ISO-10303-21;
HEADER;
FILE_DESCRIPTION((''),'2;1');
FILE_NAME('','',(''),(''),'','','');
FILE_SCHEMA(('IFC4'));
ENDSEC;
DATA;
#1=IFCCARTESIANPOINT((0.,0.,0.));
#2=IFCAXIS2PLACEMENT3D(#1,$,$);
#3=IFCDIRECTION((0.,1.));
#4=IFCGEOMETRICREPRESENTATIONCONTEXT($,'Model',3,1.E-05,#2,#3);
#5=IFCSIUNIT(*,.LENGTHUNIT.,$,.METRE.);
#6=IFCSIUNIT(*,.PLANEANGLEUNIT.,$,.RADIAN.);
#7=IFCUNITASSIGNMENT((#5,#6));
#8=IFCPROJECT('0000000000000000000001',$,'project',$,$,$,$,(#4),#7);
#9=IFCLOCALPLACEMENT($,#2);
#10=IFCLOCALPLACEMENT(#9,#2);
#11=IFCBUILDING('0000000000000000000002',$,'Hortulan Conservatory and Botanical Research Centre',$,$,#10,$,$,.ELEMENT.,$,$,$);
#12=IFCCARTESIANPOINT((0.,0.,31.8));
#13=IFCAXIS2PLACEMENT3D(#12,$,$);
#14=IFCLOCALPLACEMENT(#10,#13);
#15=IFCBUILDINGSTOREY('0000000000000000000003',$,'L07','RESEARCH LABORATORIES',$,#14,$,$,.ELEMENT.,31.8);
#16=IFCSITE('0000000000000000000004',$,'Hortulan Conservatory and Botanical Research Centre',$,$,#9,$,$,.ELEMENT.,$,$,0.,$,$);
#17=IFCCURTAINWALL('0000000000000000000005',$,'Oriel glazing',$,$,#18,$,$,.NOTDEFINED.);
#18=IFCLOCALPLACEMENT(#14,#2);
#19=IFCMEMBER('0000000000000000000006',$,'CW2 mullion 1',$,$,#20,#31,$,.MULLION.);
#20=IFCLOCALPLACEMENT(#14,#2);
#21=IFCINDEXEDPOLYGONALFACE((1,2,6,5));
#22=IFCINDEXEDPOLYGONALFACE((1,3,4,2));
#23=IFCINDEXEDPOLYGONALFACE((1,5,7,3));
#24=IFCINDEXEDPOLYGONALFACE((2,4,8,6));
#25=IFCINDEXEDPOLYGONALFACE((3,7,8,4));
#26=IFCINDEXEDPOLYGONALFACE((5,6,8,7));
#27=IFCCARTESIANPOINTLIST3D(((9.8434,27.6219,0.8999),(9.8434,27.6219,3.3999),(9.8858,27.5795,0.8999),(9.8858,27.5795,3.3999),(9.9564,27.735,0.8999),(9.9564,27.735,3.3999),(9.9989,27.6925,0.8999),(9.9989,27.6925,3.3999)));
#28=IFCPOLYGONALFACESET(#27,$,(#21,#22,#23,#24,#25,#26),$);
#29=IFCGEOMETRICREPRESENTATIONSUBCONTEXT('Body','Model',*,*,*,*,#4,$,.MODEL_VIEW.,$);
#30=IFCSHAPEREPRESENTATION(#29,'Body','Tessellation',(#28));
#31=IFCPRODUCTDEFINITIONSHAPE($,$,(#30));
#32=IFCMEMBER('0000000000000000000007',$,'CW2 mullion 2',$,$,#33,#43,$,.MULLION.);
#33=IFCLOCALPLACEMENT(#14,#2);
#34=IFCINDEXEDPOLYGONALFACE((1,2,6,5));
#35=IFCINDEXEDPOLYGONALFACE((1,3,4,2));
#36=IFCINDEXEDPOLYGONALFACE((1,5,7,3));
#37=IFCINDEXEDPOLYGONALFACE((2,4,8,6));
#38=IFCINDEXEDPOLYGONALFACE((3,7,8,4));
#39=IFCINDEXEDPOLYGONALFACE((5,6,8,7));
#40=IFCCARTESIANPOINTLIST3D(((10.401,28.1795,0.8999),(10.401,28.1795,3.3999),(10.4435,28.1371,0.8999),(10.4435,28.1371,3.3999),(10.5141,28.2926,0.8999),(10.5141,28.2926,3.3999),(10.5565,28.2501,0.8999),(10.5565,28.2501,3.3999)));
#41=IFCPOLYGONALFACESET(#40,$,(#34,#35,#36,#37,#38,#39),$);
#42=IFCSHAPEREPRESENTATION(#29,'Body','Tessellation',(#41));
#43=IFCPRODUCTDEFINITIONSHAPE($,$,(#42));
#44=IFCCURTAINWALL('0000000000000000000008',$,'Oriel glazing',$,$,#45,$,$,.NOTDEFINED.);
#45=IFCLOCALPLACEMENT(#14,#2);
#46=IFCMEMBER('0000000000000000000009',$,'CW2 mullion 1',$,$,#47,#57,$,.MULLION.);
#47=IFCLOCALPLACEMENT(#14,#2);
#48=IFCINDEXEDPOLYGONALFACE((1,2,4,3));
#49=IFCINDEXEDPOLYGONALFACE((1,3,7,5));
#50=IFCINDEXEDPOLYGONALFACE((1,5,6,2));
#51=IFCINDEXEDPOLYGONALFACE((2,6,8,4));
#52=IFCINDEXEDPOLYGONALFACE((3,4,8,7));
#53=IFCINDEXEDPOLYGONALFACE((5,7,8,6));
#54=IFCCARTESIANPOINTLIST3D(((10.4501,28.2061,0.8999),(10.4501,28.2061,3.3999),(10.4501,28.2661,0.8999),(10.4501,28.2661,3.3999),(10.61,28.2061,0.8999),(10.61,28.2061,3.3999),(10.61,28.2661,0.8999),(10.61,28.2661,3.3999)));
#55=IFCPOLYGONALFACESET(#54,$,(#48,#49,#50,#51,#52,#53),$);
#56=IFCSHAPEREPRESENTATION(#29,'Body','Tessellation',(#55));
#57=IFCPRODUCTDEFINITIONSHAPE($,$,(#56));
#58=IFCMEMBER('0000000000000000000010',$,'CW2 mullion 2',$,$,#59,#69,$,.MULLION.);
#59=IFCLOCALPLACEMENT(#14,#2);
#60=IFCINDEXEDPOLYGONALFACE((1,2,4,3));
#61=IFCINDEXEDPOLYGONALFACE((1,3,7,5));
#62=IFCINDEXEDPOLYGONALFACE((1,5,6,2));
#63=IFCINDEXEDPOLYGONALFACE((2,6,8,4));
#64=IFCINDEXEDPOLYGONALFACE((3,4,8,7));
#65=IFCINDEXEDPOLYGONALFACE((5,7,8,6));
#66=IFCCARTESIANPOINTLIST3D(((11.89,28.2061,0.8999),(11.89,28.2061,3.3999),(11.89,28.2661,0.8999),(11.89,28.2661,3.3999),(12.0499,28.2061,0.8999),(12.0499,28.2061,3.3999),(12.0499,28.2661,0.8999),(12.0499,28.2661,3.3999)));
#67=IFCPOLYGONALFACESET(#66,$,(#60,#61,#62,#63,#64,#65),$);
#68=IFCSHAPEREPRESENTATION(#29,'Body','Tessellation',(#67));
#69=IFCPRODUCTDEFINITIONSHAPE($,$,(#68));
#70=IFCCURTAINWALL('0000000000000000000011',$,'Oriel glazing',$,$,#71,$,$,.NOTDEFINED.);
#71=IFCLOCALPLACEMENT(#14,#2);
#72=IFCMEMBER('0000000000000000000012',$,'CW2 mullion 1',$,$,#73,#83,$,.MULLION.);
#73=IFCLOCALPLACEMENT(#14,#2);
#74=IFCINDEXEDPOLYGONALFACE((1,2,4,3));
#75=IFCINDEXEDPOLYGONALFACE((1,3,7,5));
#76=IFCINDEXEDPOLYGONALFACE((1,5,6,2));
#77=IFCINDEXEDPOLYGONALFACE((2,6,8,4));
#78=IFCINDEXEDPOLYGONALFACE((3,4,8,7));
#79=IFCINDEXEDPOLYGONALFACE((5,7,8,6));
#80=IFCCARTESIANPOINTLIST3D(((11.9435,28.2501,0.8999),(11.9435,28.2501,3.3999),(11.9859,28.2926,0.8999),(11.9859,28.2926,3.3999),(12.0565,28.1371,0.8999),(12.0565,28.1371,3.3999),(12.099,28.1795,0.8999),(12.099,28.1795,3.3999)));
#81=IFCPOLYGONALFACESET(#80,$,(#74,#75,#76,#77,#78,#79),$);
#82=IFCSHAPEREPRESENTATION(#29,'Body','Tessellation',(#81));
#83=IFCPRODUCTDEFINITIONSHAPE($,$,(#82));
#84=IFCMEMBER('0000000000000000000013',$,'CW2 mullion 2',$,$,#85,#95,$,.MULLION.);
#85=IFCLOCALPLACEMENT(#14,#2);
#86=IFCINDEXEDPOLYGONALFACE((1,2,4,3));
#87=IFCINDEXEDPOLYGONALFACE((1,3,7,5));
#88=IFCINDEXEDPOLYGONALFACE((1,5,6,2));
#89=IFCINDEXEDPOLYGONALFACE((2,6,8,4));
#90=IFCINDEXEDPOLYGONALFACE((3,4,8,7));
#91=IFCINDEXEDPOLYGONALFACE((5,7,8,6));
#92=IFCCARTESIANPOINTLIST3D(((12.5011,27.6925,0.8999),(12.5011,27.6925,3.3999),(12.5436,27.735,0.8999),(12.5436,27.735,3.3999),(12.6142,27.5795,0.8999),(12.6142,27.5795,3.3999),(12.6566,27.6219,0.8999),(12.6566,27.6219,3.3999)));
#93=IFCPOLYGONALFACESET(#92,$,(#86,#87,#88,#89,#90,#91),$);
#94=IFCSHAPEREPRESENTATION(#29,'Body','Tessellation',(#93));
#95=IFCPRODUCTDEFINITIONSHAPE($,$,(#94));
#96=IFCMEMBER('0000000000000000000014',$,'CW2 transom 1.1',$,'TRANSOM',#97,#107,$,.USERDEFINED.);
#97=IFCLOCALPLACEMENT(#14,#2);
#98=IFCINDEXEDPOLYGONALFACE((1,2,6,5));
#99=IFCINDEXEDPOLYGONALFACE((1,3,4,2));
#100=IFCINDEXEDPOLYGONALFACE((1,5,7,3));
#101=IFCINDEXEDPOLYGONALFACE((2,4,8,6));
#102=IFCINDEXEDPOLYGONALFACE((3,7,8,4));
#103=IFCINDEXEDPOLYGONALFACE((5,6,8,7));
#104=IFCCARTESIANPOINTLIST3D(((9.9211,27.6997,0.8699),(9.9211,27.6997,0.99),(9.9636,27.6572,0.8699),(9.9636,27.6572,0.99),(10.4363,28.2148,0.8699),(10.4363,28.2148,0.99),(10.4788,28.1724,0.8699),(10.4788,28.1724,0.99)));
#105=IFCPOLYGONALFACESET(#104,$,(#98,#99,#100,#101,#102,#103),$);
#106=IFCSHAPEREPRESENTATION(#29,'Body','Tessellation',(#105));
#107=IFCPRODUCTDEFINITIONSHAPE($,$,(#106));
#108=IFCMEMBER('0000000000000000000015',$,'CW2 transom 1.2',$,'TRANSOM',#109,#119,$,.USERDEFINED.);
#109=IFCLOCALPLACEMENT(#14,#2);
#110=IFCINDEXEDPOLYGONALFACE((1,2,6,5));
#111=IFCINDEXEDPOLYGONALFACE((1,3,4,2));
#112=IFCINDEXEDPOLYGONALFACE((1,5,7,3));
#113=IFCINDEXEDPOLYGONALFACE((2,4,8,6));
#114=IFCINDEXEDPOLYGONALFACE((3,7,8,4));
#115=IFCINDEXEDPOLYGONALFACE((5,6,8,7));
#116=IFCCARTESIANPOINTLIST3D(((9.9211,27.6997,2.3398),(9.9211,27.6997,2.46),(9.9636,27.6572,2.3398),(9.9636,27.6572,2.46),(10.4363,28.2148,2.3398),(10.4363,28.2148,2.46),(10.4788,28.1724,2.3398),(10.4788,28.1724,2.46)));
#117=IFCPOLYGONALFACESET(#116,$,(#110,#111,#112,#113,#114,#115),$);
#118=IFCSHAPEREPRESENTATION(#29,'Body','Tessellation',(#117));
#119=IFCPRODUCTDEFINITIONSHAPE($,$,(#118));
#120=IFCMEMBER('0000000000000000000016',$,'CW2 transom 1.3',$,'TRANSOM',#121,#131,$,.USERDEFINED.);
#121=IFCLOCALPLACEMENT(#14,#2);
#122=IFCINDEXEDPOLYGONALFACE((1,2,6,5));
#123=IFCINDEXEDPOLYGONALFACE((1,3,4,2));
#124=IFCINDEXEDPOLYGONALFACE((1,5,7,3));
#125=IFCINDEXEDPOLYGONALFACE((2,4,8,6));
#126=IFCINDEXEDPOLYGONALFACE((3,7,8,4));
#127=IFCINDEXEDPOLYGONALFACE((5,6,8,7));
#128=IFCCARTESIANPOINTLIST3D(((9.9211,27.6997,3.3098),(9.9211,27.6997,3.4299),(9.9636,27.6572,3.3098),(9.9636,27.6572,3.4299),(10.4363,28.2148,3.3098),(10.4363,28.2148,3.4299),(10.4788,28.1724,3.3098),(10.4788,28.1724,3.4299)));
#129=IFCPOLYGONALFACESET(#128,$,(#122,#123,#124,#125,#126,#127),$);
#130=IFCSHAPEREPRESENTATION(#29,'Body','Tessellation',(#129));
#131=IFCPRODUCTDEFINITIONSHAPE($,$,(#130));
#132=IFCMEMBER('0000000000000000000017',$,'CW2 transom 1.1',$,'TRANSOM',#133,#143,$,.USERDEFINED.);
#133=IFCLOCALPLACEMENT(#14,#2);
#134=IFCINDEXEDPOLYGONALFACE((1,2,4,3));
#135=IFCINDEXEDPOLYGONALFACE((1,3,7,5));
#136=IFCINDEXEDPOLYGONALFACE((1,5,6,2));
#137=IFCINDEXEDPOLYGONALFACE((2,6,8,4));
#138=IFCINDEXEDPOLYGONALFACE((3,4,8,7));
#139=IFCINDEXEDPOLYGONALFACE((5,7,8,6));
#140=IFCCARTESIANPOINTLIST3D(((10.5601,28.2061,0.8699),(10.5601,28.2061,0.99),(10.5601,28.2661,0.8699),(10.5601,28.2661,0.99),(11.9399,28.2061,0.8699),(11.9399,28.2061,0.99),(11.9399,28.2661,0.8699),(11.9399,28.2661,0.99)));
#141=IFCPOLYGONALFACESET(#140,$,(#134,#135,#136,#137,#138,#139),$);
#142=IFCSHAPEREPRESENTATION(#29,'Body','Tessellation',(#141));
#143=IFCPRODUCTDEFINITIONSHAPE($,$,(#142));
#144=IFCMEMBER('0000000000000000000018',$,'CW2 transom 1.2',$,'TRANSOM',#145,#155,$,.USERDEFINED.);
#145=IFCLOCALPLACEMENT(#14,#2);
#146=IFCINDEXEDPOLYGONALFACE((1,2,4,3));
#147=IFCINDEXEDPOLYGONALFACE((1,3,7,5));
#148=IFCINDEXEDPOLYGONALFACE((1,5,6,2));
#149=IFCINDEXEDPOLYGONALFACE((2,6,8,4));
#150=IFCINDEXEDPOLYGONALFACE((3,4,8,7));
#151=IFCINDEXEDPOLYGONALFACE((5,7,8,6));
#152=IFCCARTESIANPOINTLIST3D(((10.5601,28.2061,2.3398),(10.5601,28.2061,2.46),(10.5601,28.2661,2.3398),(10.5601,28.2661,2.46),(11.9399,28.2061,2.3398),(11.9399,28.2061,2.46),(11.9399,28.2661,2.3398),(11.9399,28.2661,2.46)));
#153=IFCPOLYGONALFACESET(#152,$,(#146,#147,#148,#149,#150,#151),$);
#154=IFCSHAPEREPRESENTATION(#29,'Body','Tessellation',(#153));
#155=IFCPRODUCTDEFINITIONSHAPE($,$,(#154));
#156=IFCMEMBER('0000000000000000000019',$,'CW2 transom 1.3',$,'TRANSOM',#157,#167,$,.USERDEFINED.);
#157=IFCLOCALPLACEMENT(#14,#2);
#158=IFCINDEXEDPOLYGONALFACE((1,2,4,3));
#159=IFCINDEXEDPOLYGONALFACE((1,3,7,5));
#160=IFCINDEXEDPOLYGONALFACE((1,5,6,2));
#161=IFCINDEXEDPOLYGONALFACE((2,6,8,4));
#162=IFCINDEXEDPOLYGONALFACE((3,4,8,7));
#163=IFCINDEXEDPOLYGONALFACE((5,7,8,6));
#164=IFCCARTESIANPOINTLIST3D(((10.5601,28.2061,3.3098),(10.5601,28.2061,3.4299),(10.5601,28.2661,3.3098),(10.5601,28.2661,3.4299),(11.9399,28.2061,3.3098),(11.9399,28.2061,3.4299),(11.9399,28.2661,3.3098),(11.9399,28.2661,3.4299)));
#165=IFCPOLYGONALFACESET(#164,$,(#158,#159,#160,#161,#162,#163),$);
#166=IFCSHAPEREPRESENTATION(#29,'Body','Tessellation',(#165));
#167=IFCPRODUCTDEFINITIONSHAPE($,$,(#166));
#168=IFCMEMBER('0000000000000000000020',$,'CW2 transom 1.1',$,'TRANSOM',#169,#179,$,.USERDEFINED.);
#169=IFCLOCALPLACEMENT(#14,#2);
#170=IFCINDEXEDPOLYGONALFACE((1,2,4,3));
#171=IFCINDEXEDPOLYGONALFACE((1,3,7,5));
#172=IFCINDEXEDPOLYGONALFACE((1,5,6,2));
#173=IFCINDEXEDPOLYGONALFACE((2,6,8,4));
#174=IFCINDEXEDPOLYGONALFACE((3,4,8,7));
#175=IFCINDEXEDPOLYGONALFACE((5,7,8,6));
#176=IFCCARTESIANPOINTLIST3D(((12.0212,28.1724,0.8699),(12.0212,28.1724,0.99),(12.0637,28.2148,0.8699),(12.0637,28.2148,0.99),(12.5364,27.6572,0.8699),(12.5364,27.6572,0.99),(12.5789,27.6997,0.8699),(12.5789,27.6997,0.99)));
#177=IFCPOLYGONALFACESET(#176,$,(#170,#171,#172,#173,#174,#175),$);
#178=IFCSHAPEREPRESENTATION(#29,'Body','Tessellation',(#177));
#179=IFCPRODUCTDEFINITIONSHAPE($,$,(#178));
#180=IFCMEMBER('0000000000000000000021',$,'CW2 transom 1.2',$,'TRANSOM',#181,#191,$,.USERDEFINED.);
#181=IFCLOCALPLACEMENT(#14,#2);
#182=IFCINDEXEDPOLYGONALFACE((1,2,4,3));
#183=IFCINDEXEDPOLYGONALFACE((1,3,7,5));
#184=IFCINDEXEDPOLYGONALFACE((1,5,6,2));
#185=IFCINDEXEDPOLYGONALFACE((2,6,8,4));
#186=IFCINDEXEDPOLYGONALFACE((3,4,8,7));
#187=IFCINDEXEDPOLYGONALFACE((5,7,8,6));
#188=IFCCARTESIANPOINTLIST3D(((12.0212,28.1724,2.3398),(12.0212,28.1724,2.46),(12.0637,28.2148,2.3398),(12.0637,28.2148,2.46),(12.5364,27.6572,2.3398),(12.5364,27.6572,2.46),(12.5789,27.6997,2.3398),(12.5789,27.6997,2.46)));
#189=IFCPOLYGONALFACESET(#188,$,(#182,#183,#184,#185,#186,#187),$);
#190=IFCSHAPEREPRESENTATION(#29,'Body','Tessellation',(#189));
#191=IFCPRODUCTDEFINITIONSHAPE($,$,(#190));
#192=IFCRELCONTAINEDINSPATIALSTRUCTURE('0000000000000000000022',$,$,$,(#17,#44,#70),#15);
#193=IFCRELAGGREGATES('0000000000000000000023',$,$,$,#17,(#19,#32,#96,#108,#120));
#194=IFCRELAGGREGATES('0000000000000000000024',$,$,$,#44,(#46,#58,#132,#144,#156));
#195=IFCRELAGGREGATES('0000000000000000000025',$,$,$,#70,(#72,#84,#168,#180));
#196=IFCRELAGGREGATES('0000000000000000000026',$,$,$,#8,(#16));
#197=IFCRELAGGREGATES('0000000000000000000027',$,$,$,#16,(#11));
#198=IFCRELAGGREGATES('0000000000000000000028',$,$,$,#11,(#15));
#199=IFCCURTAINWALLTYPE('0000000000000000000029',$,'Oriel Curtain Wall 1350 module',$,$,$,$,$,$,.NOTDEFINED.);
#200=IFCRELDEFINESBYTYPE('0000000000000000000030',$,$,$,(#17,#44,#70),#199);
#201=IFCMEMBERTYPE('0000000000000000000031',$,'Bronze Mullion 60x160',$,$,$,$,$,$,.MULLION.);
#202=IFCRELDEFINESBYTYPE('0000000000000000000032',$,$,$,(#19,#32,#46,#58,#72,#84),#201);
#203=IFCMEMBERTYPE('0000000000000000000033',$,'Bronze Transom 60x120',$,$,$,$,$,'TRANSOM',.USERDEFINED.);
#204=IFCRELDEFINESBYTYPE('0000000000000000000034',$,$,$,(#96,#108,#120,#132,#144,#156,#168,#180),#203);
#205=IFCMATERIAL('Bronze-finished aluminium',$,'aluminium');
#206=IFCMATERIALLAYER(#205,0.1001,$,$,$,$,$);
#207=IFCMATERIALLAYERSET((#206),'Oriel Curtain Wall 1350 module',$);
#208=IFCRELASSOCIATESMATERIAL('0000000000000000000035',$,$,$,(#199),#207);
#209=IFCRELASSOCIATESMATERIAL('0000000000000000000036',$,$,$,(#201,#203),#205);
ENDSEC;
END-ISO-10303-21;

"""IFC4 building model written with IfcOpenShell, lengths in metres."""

from ifc_helpers import new_model, si_unit, direction, frame, origin, origin_2d, place, context, subcontext, project, spatial, rectangle, extrude, material, layer, layer_set, material_profile, profile_set, type_object, element, aggregate, save


model = new_model("IFC4")

# Units and contexts
model_context = context("Model", 3, precision=1e-05, world=origin(), true_north=direction((0.0, 1.0)))
body_context = subcontext(model_context, "Body", "Model", "MODEL_VIEW")
ifc_project = project(units=[si_unit("LENGTHUNIT", "METRE"), si_unit("PLANEANGLEUNIT", "RADIAN")], contexts=[model_context])

# Site, building, storey
site_placement = place(None, origin())
site = spatial("IfcSite", under=ifc_project, at=site_placement, Name="Hortulan Conservatory and Botanical Research Centre", CompositionType="ELEMENT", RefElevation=0.0)
building_placement = place(site_placement, origin())
building = spatial("IfcBuilding", under=site, at=building_placement, Name="Hortulan Conservatory and Botanical Research Centre", CompositionType="ELEMENT")
storey_placement = place(building_placement, frame((0.0, 0.0, 31.8)))
storey = spatial("IfcBuildingStorey", under=building, at=storey_placement, Name="L07", Description="RESEARCH LABORATORIES", CompositionType="ELEMENT", Elevation=31.8)

# Curtain walls, members
ifc_material_1 = material(Name="Bronze-finished aluminium", Category="aluminium")
ifc_layer_1 = layer(ifc_material_1, 0.1001)
ifc_layer_set_1 = layer_set([ifc_layer_1], Name="Oriel Curtain Wall 1350 module")
curtain_wall_type = type_object("IfcCurtainWallType", Name="Oriel Curtain Wall 1350 module", PredefinedType="NOTDEFINED", material=ifc_layer_set_1)
curtain_wall_1_placement = place(storey_placement, origin())
curtain_wall_1 = element("IfcCurtainWall", 1, at=curtain_wall_1_placement, inside=storey, type_object=curtain_wall_type, Name="Oriel glazing", PredefinedType="NOTDEFINED")
ifc_material_profile_1 = material_profile(ifc_material_1, rectangle(XDim=0.0601, YDim=0.1599, at=origin_2d()), Name="Bronze Mullion 60x160")
ifc_profile_set_1 = profile_set([ifc_material_profile_1], Name="Bronze-finished aluminium")
member_type_1 = type_object("IfcMemberType", Name="Bronze Mullion 60x160", PredefinedType="MULLION", material=ifc_profile_set_1)
member_1_placement = place(storey_placement, frame((9.9211, 27.6572, 0.8999), z_axis=(0.0, 0.0, 1.0), x_axis=(-0.707107, 0.707107, 0.0)))
member_1 = element("IfcMember", 2, at=member_1_placement, type_object=member_type_1, Name="CW2 mullion 1", PredefinedType="MULLION", context=body_context, shape_type="SweptSolid", body=[
    extrude(rectangle(XDim=0.0601, YDim=0.1599, at=origin_2d()), origin(), (0.0, 0.0, 1.0), 2.5),
])
member_2_placement = place(storey_placement, frame((10.4788, 28.2148, 0.8999), z_axis=(0.0, 0.0, 1.0), x_axis=(-0.707107, 0.707107, 0.0)))
member_2 = element("IfcMember", 3, at=member_2_placement, type_object=member_type_1, Name="CW2 mullion 2", PredefinedType="MULLION", context=body_context, shape_type="SweptSolid", body=[
    extrude(rectangle(XDim=0.0601, YDim=0.1599, at=origin_2d()), origin(), (0.0, 0.0, 1.0), 2.5),
])
curtain_wall_2_placement = place(storey_placement, origin())
curtain_wall_2 = element("IfcCurtainWall", 4, at=curtain_wall_2_placement, inside=storey, type_object=curtain_wall_type, Name="Oriel glazing", PredefinedType="NOTDEFINED")
member_3_placement = place(storey_placement, frame((10.53, 28.2361, 0.8999), z_axis=(0.0, 0.0, 1.0), x_axis=(0.0, 1.0, 0.0)))
member_3 = element("IfcMember", 5, at=member_3_placement, type_object=member_type_1, Name="CW2 mullion 1", PredefinedType="MULLION", context=body_context, shape_type="SweptSolid", body=[
    extrude(rectangle(XDim=0.0601, YDim=0.1599, at=origin_2d()), origin(), (0.0, 0.0, 1.0), 2.5),
])
member_4_placement = place(storey_placement, frame((11.97, 28.2361, 0.8999), z_axis=(0.0, 0.0, 1.0), x_axis=(0.0, 1.0, 0.0)))
member_4 = element("IfcMember", 6, at=member_4_placement, type_object=member_type_1, Name="CW2 mullion 2", PredefinedType="MULLION", context=body_context, shape_type="SweptSolid", body=[
    extrude(rectangle(XDim=0.0601, YDim=0.1599, at=origin_2d()), origin(), (0.0, 0.0, 1.0), 2.5),
])
curtain_wall_3_placement = place(storey_placement, origin())
curtain_wall_3 = element("IfcCurtainWall", 7, at=curtain_wall_3_placement, inside=storey, type_object=curtain_wall_type, Name="Oriel glazing", PredefinedType="NOTDEFINED")
member_5_placement = place(storey_placement, frame((12.0212, 28.2148, 0.8999), z_axis=(0.0, 0.0, 1.0), x_axis=(0.707107, 0.707107, 0.0)))
member_5 = element("IfcMember", 8, at=member_5_placement, type_object=member_type_1, Name="CW2 mullion 1", PredefinedType="MULLION", context=body_context, shape_type="SweptSolid", body=[
    extrude(rectangle(XDim=0.0601, YDim=0.1599, at=origin_2d()), origin(), (0.0, 0.0, 1.0), 2.5),
])
member_6_placement = place(storey_placement, frame((12.5789, 27.6572, 0.8999), z_axis=(0.0, 0.0, 1.0), x_axis=(0.707107, 0.707107, 0.0)))
member_6 = element("IfcMember", 9, at=member_6_placement, type_object=member_type_1, Name="CW2 mullion 2", PredefinedType="MULLION", context=body_context, shape_type="SweptSolid", body=[
    extrude(rectangle(XDim=0.0601, YDim=0.1599, at=origin_2d()), origin(), (0.0, 0.0, 1.0), 2.5),
])

# Members
ifc_material_profile_2 = material_profile(ifc_material_1, rectangle(XDim=0.0601, YDim=0.1201, at=origin_2d()), Name="Bronze Transom 60x120")
ifc_profile_set_2 = profile_set([ifc_material_profile_2], Name="Bronze-finished aluminium")
member_type_2 = type_object("IfcMemberType", Name="Bronze Transom 60x120", ElementType="TRANSOM", PredefinedType="USERDEFINED", material=ifc_profile_set_2)
member_7_placement = place(storey_placement, frame((9.9424, 27.6785, 0.9299), z_axis=(0.707107, 0.707107, 0.0), x_axis=(-0.707107, 0.707107, 0.0)))
member_7 = element("IfcMember", 10, at=member_7_placement, type_object=member_type_2, Name="CW2 transom 1.1", ObjectType="TRANSOM", PredefinedType="USERDEFINED", context=body_context, shape_type="SweptSolid", body=[
    extrude(rectangle(XDim=0.0601, YDim=0.1201, at=origin_2d()), origin(), (0.0, 0.0, 1.0), 0.7285),
])
member_8_placement = place(storey_placement, frame((9.9424, 27.6785, 2.3999), z_axis=(0.707107, 0.707107, 0.0), x_axis=(-0.707107, 0.707107, 0.0)))
member_8 = element("IfcMember", 11, at=member_8_placement, type_object=member_type_2, Name="CW2 transom 1.2", ObjectType="TRANSOM", PredefinedType="USERDEFINED", context=body_context, shape_type="SweptSolid", body=[
    extrude(rectangle(XDim=0.0601, YDim=0.1201, at=origin_2d()), origin(), (0.0, 0.0, 1.0), 0.7285),
])
member_9_placement = place(storey_placement, frame((9.9424, 27.6785, 3.3699), z_axis=(0.707107, 0.707107, 0.0), x_axis=(-0.707107, 0.707107, 0.0)))
member_9 = element("IfcMember", 12, at=member_9_placement, type_object=member_type_2, Name="CW2 transom 1.3", ObjectType="TRANSOM", PredefinedType="USERDEFINED", context=body_context, shape_type="SweptSolid", body=[
    extrude(rectangle(XDim=0.0601, YDim=0.1201, at=origin_2d()), origin(), (0.0, 0.0, 1.0), 0.7285),
])
member_10_placement = place(storey_placement, frame((10.5601, 28.2361, 0.9299), z_axis=(1.0, 0.0, 0.0), x_axis=(0.0, 1.0, 0.0)))
member_10 = element("IfcMember", 13, at=member_10_placement, type_object=member_type_2, Name="CW2 transom 1.1", ObjectType="TRANSOM", PredefinedType="USERDEFINED", context=body_context, shape_type="SweptSolid", body=[
    extrude(rectangle(XDim=0.0601, YDim=0.1201, at=origin_2d()), origin(), (0.0, 0.0, 1.0), 1.3799),
])
member_11_placement = place(storey_placement, frame((10.5601, 28.2361, 2.3999), z_axis=(1.0, 0.0, 0.0), x_axis=(0.0, 1.0, 0.0)))
member_11 = element("IfcMember", 14, at=member_11_placement, type_object=member_type_2, Name="CW2 transom 1.2", ObjectType="TRANSOM", PredefinedType="USERDEFINED", context=body_context, shape_type="SweptSolid", body=[
    extrude(rectangle(XDim=0.0601, YDim=0.1201, at=origin_2d()), origin(), (0.0, 0.0, 1.0), 1.3799),
])
member_12_placement = place(storey_placement, frame((10.5601, 28.2361, 3.3699), z_axis=(1.0, 0.0, 0.0), x_axis=(0.0, 1.0, 0.0)))
member_12 = element("IfcMember", 15, at=member_12_placement, type_object=member_type_2, Name="CW2 transom 1.3", ObjectType="TRANSOM", PredefinedType="USERDEFINED", context=body_context, shape_type="SweptSolid", body=[
    extrude(rectangle(XDim=0.0601, YDim=0.1201, at=origin_2d()), origin(), (0.0, 0.0, 1.0), 1.3799),
])
member_13_placement = place(storey_placement, frame((12.0425, 28.1936, 0.9299), z_axis=(0.707107, -0.707107, 0.0), x_axis=(0.707107, 0.707107, 0.0)))
member_13 = element("IfcMember", 16, at=member_13_placement, type_object=member_type_2, Name="CW2 transom 1.1", ObjectType="TRANSOM", PredefinedType="USERDEFINED", context=body_context, shape_type="SweptSolid", body=[
    extrude(rectangle(XDim=0.0601, YDim=0.1201, at=origin_2d()), origin(), (0.0, 0.0, 1.0), 0.7285),
])
member_14_placement = place(storey_placement, frame((12.0425, 28.1936, 2.3999), z_axis=(0.707107, -0.707107, 0.0), x_axis=(0.707107, 0.707107, 0.0)))
member_14 = element("IfcMember", 17, at=member_14_placement, type_object=member_type_2, Name="CW2 transom 1.2", ObjectType="TRANSOM", PredefinedType="USERDEFINED", context=body_context, shape_type="SweptSolid", body=[
    extrude(rectangle(XDim=0.0601, YDim=0.1201, at=origin_2d()), origin(), (0.0, 0.0, 1.0), 0.7285),
])

aggregate(curtain_wall_1, [member_1, member_2, member_7, member_8, member_9])
aggregate(curtain_wall_2, [member_3, member_4, member_10, member_11, member_12])
aggregate(curtain_wall_3, [member_5, member_6, member_13, member_14])

save(model, "model.ifc")
